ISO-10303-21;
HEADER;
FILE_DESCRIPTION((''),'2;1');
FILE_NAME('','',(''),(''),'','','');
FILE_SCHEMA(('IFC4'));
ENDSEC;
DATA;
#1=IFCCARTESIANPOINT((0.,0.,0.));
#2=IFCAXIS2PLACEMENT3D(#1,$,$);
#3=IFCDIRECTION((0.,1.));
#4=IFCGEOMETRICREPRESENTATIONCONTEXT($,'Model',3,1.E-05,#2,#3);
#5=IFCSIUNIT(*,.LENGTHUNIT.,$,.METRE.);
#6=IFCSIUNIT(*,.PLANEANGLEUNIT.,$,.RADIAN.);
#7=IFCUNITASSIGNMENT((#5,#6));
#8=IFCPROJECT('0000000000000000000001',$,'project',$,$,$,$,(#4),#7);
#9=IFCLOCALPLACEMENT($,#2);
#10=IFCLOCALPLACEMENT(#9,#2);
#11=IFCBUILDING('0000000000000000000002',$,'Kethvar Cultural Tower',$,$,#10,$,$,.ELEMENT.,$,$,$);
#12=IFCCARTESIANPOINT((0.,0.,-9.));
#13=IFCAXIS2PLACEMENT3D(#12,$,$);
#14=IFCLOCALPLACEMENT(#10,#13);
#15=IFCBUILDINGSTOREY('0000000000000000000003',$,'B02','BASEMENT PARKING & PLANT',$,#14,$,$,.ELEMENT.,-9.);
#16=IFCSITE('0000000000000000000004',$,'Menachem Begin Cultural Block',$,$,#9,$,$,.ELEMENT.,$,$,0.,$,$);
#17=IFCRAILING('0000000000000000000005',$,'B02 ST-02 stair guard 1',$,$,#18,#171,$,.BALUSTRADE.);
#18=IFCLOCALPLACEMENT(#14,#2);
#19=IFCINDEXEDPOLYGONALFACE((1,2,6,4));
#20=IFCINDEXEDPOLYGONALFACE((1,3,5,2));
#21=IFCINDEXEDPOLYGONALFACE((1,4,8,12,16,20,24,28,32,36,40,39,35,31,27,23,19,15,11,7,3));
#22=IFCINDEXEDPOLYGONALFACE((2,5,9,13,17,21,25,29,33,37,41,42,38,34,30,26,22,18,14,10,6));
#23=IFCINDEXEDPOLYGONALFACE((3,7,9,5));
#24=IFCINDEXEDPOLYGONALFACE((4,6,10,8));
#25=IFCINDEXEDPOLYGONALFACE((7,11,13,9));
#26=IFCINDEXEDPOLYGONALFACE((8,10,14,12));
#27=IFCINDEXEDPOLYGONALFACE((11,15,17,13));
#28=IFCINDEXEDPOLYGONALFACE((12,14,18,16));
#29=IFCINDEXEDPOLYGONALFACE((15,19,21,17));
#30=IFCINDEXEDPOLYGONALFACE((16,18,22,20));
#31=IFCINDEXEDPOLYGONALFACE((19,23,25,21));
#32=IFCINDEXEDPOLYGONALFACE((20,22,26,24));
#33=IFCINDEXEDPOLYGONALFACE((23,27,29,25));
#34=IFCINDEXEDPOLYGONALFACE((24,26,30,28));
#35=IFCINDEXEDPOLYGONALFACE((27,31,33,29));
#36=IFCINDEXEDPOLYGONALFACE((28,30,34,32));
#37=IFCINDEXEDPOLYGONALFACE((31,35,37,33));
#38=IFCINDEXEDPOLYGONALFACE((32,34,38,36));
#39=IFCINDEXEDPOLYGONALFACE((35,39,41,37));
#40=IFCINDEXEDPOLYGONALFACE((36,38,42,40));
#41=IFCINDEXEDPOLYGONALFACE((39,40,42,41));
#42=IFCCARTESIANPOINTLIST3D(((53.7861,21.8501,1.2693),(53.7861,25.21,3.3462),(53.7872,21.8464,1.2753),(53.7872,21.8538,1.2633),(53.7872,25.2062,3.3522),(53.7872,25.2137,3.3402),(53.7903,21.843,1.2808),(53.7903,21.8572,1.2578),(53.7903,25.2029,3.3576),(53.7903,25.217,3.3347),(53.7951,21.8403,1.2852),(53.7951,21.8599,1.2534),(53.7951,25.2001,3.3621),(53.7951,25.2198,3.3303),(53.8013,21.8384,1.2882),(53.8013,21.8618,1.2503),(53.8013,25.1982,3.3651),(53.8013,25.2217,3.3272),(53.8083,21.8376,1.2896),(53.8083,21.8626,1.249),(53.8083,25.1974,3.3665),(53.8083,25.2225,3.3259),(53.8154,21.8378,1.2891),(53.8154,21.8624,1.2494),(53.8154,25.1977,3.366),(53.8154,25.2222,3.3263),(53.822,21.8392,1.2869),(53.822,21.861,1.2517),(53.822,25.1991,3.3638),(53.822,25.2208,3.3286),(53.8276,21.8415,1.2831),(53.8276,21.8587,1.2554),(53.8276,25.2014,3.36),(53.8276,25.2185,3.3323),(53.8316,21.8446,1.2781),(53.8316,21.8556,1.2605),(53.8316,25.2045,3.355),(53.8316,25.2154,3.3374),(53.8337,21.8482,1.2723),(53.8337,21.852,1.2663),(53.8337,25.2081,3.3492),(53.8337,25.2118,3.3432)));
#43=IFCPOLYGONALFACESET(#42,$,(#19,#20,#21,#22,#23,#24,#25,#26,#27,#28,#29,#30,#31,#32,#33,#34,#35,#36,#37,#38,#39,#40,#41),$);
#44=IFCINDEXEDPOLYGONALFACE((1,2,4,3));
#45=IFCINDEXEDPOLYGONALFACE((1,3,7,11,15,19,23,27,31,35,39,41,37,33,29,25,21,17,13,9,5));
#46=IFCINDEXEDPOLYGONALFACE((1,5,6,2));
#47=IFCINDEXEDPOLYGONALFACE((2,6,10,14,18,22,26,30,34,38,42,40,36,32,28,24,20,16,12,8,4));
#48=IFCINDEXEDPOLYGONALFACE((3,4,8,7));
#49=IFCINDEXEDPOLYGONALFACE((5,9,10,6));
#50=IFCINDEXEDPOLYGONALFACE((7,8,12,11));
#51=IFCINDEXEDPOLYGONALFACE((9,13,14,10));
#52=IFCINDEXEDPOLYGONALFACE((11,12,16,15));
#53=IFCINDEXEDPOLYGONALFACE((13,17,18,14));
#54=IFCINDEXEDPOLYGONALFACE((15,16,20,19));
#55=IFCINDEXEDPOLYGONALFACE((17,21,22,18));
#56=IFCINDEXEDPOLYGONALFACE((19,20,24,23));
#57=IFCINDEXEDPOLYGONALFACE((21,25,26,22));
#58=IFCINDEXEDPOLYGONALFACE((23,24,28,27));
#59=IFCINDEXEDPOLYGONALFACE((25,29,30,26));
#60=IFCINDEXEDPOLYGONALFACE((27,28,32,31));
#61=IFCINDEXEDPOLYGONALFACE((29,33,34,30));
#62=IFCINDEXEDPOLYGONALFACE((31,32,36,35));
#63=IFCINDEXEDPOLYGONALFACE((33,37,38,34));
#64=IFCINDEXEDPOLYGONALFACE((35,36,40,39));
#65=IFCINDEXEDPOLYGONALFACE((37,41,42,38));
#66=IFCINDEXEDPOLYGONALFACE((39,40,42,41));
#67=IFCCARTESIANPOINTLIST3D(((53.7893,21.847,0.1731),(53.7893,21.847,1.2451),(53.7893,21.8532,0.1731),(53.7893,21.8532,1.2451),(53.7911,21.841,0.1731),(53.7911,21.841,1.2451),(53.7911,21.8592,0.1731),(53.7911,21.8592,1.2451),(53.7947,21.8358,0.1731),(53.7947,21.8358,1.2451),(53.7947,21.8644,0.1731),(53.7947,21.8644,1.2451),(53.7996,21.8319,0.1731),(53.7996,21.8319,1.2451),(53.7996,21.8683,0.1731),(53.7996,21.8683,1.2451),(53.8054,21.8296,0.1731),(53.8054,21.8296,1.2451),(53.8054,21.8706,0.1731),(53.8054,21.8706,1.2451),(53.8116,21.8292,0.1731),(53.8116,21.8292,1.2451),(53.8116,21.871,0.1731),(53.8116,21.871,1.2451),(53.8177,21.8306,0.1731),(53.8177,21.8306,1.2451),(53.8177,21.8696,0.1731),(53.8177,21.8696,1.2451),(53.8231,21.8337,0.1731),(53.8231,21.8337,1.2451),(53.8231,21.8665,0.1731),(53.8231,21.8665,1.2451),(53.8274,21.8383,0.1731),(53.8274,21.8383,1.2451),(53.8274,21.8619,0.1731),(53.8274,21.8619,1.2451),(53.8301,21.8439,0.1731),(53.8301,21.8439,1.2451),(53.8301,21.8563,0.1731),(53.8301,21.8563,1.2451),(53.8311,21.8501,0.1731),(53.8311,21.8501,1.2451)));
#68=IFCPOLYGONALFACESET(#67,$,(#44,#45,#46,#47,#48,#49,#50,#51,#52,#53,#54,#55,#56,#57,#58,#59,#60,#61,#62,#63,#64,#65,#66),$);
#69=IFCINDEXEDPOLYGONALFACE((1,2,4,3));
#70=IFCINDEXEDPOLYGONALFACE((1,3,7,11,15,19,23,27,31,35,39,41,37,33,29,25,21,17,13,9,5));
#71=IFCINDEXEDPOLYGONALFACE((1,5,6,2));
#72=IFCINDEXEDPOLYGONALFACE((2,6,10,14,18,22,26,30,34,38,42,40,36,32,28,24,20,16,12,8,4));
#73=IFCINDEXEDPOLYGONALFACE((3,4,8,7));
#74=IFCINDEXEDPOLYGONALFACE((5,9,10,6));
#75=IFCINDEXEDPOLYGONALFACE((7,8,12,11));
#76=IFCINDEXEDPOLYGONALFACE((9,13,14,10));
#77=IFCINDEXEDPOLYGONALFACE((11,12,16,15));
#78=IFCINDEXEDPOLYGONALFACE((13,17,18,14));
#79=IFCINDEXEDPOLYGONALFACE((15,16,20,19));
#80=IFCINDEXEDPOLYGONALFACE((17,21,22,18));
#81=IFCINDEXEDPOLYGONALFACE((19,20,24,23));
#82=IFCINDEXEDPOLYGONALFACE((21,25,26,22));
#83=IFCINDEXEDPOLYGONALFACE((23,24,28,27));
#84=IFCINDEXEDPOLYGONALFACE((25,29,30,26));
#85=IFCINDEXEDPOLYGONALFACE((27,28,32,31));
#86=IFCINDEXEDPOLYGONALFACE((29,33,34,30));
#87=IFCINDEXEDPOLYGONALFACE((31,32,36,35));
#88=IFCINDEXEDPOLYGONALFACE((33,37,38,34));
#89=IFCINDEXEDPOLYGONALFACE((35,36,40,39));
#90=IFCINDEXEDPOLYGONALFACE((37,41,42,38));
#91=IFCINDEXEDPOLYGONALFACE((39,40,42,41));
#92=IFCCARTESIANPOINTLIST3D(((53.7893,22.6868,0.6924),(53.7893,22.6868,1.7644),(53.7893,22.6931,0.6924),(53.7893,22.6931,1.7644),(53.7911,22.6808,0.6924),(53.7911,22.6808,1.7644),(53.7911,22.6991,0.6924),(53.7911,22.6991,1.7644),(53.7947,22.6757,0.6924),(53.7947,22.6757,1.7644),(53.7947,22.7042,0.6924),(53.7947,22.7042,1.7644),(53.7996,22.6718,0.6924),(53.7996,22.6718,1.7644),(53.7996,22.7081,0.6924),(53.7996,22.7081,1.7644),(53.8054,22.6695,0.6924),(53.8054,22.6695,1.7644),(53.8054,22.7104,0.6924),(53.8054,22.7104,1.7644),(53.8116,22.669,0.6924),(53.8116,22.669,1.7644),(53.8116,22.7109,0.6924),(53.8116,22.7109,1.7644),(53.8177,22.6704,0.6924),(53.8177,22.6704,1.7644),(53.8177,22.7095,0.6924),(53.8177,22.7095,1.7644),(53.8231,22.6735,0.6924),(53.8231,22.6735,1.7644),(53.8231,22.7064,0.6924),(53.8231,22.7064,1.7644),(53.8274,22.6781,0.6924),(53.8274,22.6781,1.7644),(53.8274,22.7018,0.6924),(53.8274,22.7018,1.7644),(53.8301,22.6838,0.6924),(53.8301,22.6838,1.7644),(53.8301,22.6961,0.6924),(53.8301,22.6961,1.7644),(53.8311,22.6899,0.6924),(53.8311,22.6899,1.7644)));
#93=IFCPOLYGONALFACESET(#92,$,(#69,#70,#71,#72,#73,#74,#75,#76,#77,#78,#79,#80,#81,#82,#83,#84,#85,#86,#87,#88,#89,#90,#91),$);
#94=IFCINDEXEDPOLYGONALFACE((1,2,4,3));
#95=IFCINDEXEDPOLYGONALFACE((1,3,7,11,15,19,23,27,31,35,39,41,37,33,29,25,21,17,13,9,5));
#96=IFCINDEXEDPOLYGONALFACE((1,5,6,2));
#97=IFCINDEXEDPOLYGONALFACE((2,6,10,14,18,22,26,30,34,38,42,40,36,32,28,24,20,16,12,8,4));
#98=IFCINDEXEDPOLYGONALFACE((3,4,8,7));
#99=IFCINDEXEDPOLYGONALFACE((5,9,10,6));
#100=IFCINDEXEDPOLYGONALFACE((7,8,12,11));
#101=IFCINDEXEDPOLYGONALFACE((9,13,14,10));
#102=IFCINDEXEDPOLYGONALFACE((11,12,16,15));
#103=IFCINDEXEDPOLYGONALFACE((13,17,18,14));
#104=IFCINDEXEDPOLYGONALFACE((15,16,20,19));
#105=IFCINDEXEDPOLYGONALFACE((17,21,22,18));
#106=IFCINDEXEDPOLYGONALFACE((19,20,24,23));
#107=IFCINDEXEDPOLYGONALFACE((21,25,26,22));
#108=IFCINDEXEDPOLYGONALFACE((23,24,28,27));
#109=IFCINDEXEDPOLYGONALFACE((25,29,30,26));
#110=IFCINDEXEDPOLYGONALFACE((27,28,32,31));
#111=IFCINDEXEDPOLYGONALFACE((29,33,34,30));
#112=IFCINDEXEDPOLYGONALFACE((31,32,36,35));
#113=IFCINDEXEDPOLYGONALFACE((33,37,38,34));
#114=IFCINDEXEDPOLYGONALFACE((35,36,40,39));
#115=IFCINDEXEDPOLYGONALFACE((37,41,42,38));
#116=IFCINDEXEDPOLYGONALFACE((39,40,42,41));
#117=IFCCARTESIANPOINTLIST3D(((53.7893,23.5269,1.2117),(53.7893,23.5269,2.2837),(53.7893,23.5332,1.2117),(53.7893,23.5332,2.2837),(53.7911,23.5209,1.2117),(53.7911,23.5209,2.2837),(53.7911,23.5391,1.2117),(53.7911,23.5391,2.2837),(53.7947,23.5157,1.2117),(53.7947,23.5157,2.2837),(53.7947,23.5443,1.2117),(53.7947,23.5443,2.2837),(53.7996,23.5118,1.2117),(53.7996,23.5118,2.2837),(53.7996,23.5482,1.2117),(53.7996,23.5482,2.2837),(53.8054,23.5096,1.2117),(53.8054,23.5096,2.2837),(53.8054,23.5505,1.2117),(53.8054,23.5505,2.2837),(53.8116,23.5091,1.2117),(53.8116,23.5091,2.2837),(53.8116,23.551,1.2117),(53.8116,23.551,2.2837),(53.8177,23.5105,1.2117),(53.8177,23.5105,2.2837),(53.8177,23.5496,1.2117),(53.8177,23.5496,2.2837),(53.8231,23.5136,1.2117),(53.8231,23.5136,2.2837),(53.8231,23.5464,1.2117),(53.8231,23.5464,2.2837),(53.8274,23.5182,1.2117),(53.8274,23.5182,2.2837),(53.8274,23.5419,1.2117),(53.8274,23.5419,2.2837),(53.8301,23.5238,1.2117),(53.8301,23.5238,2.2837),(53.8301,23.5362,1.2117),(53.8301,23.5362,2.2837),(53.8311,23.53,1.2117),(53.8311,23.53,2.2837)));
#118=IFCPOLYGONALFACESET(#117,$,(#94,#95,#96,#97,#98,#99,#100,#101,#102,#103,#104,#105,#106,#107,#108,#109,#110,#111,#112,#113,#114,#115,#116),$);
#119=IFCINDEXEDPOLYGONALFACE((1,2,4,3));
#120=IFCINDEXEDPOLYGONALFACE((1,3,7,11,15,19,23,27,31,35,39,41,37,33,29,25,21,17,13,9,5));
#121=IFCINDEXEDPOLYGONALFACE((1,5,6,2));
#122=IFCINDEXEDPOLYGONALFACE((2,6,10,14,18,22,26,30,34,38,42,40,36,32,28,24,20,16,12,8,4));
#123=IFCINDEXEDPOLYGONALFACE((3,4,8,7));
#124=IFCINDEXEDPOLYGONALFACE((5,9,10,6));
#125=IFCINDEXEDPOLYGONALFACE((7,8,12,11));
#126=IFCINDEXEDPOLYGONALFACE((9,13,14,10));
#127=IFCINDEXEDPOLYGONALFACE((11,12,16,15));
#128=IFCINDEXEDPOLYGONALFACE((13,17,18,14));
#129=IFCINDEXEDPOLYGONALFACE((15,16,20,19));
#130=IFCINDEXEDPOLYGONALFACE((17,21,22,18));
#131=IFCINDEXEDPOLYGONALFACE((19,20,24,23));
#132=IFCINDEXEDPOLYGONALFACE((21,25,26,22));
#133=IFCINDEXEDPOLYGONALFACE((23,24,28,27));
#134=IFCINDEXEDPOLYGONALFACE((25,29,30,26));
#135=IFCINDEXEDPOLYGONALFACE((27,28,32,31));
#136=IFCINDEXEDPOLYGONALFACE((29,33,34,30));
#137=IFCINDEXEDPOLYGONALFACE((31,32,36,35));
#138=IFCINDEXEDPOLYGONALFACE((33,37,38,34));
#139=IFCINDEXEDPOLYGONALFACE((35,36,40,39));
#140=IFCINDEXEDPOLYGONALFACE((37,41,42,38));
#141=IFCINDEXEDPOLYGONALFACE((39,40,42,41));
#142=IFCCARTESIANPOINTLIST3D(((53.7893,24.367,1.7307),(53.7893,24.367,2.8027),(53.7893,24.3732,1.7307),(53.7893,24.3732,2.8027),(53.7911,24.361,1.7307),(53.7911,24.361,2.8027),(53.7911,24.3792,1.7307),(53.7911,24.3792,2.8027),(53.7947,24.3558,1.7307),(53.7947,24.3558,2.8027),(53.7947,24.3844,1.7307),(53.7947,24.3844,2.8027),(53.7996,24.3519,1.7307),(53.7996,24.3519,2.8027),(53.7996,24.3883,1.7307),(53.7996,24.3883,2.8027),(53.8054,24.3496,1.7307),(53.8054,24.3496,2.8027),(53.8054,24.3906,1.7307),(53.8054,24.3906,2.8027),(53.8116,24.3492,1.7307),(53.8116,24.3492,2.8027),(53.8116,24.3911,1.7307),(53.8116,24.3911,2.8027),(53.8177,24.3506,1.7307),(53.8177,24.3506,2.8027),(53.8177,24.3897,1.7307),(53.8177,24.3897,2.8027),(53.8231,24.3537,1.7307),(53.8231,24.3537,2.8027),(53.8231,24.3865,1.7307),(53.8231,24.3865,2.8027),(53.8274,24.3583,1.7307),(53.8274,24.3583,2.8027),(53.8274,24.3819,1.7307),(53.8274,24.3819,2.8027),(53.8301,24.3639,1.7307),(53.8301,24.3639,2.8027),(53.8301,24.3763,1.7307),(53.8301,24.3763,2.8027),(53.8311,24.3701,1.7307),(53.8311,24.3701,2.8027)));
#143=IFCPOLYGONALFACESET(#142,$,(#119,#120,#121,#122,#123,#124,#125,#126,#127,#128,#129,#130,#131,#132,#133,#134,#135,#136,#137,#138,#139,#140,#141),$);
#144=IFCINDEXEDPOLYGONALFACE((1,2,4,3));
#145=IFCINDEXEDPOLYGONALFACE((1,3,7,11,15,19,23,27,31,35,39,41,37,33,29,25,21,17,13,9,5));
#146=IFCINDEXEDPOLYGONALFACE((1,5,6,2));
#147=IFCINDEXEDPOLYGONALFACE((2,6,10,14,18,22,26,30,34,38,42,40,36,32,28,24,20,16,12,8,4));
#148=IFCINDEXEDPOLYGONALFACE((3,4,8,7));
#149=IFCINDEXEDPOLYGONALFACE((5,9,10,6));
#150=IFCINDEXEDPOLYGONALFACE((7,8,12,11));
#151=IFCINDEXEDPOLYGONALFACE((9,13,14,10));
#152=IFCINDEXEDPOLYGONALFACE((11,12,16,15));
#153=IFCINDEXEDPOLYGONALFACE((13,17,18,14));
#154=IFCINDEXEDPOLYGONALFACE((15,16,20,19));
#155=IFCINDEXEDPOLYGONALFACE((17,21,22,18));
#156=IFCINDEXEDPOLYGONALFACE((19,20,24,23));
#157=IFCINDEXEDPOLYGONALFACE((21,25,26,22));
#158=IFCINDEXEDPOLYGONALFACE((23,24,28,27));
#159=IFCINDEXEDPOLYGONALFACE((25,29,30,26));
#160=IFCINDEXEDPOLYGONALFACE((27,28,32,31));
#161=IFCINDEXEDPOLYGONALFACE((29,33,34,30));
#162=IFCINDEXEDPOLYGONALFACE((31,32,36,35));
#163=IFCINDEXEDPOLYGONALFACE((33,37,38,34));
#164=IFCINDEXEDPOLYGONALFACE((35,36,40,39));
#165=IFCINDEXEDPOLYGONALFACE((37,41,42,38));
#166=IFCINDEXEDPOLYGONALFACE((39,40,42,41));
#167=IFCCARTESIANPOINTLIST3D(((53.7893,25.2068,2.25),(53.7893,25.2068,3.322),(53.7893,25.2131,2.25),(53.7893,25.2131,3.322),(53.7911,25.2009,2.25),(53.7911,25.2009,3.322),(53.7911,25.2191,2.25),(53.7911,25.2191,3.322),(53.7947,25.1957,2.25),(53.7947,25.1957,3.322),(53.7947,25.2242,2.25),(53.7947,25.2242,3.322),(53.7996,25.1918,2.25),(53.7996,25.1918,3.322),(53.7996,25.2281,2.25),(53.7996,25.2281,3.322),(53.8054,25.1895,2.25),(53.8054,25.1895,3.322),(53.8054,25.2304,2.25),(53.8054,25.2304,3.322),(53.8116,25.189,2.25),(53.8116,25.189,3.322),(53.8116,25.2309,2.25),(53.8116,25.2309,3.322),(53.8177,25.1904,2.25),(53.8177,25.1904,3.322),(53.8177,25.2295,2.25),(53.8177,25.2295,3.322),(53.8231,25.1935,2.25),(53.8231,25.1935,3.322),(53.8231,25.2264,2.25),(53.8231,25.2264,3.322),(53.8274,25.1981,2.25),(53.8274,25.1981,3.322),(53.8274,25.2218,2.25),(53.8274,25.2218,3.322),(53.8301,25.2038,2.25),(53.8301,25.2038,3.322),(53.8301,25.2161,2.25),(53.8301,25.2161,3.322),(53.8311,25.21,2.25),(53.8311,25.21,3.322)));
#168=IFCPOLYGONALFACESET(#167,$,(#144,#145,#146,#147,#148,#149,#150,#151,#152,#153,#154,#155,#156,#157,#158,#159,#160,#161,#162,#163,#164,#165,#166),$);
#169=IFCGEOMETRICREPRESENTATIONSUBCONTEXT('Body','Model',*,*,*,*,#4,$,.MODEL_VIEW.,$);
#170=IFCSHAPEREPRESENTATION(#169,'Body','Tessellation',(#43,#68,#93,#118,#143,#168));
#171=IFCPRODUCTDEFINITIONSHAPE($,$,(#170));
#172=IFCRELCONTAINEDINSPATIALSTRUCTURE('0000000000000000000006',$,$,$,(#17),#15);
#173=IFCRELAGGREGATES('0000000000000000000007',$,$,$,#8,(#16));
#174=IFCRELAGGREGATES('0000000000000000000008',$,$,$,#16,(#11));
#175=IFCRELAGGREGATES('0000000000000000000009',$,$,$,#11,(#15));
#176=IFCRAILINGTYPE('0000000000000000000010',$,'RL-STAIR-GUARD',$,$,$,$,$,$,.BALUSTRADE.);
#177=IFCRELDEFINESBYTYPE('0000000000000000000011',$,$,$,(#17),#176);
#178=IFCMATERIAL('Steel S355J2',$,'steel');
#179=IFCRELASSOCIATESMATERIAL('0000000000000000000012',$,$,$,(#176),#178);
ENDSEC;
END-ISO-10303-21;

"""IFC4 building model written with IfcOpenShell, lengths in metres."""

from ifc_helpers import new_model, si_unit, direction, frame, origin, origin_2d, place, context, subcontext, project, spatial, circle, extrude, material, type_object, element, save


model = new_model("IFC4")

# Units and contexts
model_context = context("Model", 3, precision=1e-05, world=origin(), true_north=direction((0.0, 1.0)))
body_context = subcontext(model_context, "Body", "Model", "MODEL_VIEW")
ifc_project = project(units=[si_unit("LENGTHUNIT", "METRE"), si_unit("PLANEANGLEUNIT", "RADIAN")], contexts=[model_context])

# Site, building, storey
site_placement = place(None, origin())
site = spatial("IfcSite", under=ifc_project, at=site_placement, Name="Menachem Begin Cultural Block", CompositionType="ELEMENT", RefElevation=0.0)
building_placement = place(site_placement, origin())
building = spatial("IfcBuilding", under=site, at=building_placement, Name="Kethvar Cultural Tower", CompositionType="ELEMENT")
storey_placement = place(building_placement, frame((0.0, 0.0, -9.0)))
storey = spatial("IfcBuildingStorey", under=building, at=storey_placement, Name="B02", Description="BASEMENT PARKING & PLANT", CompositionType="ELEMENT", Elevation=-9.0)

# Shared definitions
ifc_material_1 = material(Name="Steel S355J2", Category="steel")

# Railing
railing_type_1 = type_object("IfcRailingType", Name="RL-STAIR-GUARD", PredefinedType="BALUSTRADE", material=ifc_material_1)
railing_1_placement = place(storey_placement, frame((53.8101, 21.8501, 0.1731)))
element("IfcRailing", 1, at=railing_1_placement, inside=storey, type_object=railing_type_1, Name="B02 ST-02 stair guard 1", PredefinedType="BALUSTRADE", context=body_context, shape_type="SweptSolid", body=[
    extrude(circle(Radius=0.0239, at=origin_2d()), frame((0.0, 0.0, 1.0962), z_axis=(0.0, 0.850606, 0.525803), x_axis=(-1.0, 0.0, 0.0)), (0.0, 0.0, 1.0), 3.95),
    extrude(circle(Radius=0.021, at=origin_2d()), origin(), (0.0, 0.0, 1.0), 1.072),
    extrude(circle(Radius=0.021, at=origin_2d()), frame((0.0, 0.8398, 0.5193)), (0.0, 0.0, 1.0), 1.072),
    extrude(circle(Radius=0.021, at=origin_2d()), frame((0.0, 1.6799, 1.0386)), (0.0, 0.0, 1.0), 1.072),
    extrude(circle(Radius=0.021, at=origin_2d()), frame((0.0, 2.52, 1.5576)), (0.0, 0.0, 1.0), 1.072),
    extrude(circle(Radius=0.021, at=origin_2d()), frame((0.0, 3.3599, 2.0769)), (0.0, 0.0, 1.0), 1.072),
])

save(model, "model.ifc")
